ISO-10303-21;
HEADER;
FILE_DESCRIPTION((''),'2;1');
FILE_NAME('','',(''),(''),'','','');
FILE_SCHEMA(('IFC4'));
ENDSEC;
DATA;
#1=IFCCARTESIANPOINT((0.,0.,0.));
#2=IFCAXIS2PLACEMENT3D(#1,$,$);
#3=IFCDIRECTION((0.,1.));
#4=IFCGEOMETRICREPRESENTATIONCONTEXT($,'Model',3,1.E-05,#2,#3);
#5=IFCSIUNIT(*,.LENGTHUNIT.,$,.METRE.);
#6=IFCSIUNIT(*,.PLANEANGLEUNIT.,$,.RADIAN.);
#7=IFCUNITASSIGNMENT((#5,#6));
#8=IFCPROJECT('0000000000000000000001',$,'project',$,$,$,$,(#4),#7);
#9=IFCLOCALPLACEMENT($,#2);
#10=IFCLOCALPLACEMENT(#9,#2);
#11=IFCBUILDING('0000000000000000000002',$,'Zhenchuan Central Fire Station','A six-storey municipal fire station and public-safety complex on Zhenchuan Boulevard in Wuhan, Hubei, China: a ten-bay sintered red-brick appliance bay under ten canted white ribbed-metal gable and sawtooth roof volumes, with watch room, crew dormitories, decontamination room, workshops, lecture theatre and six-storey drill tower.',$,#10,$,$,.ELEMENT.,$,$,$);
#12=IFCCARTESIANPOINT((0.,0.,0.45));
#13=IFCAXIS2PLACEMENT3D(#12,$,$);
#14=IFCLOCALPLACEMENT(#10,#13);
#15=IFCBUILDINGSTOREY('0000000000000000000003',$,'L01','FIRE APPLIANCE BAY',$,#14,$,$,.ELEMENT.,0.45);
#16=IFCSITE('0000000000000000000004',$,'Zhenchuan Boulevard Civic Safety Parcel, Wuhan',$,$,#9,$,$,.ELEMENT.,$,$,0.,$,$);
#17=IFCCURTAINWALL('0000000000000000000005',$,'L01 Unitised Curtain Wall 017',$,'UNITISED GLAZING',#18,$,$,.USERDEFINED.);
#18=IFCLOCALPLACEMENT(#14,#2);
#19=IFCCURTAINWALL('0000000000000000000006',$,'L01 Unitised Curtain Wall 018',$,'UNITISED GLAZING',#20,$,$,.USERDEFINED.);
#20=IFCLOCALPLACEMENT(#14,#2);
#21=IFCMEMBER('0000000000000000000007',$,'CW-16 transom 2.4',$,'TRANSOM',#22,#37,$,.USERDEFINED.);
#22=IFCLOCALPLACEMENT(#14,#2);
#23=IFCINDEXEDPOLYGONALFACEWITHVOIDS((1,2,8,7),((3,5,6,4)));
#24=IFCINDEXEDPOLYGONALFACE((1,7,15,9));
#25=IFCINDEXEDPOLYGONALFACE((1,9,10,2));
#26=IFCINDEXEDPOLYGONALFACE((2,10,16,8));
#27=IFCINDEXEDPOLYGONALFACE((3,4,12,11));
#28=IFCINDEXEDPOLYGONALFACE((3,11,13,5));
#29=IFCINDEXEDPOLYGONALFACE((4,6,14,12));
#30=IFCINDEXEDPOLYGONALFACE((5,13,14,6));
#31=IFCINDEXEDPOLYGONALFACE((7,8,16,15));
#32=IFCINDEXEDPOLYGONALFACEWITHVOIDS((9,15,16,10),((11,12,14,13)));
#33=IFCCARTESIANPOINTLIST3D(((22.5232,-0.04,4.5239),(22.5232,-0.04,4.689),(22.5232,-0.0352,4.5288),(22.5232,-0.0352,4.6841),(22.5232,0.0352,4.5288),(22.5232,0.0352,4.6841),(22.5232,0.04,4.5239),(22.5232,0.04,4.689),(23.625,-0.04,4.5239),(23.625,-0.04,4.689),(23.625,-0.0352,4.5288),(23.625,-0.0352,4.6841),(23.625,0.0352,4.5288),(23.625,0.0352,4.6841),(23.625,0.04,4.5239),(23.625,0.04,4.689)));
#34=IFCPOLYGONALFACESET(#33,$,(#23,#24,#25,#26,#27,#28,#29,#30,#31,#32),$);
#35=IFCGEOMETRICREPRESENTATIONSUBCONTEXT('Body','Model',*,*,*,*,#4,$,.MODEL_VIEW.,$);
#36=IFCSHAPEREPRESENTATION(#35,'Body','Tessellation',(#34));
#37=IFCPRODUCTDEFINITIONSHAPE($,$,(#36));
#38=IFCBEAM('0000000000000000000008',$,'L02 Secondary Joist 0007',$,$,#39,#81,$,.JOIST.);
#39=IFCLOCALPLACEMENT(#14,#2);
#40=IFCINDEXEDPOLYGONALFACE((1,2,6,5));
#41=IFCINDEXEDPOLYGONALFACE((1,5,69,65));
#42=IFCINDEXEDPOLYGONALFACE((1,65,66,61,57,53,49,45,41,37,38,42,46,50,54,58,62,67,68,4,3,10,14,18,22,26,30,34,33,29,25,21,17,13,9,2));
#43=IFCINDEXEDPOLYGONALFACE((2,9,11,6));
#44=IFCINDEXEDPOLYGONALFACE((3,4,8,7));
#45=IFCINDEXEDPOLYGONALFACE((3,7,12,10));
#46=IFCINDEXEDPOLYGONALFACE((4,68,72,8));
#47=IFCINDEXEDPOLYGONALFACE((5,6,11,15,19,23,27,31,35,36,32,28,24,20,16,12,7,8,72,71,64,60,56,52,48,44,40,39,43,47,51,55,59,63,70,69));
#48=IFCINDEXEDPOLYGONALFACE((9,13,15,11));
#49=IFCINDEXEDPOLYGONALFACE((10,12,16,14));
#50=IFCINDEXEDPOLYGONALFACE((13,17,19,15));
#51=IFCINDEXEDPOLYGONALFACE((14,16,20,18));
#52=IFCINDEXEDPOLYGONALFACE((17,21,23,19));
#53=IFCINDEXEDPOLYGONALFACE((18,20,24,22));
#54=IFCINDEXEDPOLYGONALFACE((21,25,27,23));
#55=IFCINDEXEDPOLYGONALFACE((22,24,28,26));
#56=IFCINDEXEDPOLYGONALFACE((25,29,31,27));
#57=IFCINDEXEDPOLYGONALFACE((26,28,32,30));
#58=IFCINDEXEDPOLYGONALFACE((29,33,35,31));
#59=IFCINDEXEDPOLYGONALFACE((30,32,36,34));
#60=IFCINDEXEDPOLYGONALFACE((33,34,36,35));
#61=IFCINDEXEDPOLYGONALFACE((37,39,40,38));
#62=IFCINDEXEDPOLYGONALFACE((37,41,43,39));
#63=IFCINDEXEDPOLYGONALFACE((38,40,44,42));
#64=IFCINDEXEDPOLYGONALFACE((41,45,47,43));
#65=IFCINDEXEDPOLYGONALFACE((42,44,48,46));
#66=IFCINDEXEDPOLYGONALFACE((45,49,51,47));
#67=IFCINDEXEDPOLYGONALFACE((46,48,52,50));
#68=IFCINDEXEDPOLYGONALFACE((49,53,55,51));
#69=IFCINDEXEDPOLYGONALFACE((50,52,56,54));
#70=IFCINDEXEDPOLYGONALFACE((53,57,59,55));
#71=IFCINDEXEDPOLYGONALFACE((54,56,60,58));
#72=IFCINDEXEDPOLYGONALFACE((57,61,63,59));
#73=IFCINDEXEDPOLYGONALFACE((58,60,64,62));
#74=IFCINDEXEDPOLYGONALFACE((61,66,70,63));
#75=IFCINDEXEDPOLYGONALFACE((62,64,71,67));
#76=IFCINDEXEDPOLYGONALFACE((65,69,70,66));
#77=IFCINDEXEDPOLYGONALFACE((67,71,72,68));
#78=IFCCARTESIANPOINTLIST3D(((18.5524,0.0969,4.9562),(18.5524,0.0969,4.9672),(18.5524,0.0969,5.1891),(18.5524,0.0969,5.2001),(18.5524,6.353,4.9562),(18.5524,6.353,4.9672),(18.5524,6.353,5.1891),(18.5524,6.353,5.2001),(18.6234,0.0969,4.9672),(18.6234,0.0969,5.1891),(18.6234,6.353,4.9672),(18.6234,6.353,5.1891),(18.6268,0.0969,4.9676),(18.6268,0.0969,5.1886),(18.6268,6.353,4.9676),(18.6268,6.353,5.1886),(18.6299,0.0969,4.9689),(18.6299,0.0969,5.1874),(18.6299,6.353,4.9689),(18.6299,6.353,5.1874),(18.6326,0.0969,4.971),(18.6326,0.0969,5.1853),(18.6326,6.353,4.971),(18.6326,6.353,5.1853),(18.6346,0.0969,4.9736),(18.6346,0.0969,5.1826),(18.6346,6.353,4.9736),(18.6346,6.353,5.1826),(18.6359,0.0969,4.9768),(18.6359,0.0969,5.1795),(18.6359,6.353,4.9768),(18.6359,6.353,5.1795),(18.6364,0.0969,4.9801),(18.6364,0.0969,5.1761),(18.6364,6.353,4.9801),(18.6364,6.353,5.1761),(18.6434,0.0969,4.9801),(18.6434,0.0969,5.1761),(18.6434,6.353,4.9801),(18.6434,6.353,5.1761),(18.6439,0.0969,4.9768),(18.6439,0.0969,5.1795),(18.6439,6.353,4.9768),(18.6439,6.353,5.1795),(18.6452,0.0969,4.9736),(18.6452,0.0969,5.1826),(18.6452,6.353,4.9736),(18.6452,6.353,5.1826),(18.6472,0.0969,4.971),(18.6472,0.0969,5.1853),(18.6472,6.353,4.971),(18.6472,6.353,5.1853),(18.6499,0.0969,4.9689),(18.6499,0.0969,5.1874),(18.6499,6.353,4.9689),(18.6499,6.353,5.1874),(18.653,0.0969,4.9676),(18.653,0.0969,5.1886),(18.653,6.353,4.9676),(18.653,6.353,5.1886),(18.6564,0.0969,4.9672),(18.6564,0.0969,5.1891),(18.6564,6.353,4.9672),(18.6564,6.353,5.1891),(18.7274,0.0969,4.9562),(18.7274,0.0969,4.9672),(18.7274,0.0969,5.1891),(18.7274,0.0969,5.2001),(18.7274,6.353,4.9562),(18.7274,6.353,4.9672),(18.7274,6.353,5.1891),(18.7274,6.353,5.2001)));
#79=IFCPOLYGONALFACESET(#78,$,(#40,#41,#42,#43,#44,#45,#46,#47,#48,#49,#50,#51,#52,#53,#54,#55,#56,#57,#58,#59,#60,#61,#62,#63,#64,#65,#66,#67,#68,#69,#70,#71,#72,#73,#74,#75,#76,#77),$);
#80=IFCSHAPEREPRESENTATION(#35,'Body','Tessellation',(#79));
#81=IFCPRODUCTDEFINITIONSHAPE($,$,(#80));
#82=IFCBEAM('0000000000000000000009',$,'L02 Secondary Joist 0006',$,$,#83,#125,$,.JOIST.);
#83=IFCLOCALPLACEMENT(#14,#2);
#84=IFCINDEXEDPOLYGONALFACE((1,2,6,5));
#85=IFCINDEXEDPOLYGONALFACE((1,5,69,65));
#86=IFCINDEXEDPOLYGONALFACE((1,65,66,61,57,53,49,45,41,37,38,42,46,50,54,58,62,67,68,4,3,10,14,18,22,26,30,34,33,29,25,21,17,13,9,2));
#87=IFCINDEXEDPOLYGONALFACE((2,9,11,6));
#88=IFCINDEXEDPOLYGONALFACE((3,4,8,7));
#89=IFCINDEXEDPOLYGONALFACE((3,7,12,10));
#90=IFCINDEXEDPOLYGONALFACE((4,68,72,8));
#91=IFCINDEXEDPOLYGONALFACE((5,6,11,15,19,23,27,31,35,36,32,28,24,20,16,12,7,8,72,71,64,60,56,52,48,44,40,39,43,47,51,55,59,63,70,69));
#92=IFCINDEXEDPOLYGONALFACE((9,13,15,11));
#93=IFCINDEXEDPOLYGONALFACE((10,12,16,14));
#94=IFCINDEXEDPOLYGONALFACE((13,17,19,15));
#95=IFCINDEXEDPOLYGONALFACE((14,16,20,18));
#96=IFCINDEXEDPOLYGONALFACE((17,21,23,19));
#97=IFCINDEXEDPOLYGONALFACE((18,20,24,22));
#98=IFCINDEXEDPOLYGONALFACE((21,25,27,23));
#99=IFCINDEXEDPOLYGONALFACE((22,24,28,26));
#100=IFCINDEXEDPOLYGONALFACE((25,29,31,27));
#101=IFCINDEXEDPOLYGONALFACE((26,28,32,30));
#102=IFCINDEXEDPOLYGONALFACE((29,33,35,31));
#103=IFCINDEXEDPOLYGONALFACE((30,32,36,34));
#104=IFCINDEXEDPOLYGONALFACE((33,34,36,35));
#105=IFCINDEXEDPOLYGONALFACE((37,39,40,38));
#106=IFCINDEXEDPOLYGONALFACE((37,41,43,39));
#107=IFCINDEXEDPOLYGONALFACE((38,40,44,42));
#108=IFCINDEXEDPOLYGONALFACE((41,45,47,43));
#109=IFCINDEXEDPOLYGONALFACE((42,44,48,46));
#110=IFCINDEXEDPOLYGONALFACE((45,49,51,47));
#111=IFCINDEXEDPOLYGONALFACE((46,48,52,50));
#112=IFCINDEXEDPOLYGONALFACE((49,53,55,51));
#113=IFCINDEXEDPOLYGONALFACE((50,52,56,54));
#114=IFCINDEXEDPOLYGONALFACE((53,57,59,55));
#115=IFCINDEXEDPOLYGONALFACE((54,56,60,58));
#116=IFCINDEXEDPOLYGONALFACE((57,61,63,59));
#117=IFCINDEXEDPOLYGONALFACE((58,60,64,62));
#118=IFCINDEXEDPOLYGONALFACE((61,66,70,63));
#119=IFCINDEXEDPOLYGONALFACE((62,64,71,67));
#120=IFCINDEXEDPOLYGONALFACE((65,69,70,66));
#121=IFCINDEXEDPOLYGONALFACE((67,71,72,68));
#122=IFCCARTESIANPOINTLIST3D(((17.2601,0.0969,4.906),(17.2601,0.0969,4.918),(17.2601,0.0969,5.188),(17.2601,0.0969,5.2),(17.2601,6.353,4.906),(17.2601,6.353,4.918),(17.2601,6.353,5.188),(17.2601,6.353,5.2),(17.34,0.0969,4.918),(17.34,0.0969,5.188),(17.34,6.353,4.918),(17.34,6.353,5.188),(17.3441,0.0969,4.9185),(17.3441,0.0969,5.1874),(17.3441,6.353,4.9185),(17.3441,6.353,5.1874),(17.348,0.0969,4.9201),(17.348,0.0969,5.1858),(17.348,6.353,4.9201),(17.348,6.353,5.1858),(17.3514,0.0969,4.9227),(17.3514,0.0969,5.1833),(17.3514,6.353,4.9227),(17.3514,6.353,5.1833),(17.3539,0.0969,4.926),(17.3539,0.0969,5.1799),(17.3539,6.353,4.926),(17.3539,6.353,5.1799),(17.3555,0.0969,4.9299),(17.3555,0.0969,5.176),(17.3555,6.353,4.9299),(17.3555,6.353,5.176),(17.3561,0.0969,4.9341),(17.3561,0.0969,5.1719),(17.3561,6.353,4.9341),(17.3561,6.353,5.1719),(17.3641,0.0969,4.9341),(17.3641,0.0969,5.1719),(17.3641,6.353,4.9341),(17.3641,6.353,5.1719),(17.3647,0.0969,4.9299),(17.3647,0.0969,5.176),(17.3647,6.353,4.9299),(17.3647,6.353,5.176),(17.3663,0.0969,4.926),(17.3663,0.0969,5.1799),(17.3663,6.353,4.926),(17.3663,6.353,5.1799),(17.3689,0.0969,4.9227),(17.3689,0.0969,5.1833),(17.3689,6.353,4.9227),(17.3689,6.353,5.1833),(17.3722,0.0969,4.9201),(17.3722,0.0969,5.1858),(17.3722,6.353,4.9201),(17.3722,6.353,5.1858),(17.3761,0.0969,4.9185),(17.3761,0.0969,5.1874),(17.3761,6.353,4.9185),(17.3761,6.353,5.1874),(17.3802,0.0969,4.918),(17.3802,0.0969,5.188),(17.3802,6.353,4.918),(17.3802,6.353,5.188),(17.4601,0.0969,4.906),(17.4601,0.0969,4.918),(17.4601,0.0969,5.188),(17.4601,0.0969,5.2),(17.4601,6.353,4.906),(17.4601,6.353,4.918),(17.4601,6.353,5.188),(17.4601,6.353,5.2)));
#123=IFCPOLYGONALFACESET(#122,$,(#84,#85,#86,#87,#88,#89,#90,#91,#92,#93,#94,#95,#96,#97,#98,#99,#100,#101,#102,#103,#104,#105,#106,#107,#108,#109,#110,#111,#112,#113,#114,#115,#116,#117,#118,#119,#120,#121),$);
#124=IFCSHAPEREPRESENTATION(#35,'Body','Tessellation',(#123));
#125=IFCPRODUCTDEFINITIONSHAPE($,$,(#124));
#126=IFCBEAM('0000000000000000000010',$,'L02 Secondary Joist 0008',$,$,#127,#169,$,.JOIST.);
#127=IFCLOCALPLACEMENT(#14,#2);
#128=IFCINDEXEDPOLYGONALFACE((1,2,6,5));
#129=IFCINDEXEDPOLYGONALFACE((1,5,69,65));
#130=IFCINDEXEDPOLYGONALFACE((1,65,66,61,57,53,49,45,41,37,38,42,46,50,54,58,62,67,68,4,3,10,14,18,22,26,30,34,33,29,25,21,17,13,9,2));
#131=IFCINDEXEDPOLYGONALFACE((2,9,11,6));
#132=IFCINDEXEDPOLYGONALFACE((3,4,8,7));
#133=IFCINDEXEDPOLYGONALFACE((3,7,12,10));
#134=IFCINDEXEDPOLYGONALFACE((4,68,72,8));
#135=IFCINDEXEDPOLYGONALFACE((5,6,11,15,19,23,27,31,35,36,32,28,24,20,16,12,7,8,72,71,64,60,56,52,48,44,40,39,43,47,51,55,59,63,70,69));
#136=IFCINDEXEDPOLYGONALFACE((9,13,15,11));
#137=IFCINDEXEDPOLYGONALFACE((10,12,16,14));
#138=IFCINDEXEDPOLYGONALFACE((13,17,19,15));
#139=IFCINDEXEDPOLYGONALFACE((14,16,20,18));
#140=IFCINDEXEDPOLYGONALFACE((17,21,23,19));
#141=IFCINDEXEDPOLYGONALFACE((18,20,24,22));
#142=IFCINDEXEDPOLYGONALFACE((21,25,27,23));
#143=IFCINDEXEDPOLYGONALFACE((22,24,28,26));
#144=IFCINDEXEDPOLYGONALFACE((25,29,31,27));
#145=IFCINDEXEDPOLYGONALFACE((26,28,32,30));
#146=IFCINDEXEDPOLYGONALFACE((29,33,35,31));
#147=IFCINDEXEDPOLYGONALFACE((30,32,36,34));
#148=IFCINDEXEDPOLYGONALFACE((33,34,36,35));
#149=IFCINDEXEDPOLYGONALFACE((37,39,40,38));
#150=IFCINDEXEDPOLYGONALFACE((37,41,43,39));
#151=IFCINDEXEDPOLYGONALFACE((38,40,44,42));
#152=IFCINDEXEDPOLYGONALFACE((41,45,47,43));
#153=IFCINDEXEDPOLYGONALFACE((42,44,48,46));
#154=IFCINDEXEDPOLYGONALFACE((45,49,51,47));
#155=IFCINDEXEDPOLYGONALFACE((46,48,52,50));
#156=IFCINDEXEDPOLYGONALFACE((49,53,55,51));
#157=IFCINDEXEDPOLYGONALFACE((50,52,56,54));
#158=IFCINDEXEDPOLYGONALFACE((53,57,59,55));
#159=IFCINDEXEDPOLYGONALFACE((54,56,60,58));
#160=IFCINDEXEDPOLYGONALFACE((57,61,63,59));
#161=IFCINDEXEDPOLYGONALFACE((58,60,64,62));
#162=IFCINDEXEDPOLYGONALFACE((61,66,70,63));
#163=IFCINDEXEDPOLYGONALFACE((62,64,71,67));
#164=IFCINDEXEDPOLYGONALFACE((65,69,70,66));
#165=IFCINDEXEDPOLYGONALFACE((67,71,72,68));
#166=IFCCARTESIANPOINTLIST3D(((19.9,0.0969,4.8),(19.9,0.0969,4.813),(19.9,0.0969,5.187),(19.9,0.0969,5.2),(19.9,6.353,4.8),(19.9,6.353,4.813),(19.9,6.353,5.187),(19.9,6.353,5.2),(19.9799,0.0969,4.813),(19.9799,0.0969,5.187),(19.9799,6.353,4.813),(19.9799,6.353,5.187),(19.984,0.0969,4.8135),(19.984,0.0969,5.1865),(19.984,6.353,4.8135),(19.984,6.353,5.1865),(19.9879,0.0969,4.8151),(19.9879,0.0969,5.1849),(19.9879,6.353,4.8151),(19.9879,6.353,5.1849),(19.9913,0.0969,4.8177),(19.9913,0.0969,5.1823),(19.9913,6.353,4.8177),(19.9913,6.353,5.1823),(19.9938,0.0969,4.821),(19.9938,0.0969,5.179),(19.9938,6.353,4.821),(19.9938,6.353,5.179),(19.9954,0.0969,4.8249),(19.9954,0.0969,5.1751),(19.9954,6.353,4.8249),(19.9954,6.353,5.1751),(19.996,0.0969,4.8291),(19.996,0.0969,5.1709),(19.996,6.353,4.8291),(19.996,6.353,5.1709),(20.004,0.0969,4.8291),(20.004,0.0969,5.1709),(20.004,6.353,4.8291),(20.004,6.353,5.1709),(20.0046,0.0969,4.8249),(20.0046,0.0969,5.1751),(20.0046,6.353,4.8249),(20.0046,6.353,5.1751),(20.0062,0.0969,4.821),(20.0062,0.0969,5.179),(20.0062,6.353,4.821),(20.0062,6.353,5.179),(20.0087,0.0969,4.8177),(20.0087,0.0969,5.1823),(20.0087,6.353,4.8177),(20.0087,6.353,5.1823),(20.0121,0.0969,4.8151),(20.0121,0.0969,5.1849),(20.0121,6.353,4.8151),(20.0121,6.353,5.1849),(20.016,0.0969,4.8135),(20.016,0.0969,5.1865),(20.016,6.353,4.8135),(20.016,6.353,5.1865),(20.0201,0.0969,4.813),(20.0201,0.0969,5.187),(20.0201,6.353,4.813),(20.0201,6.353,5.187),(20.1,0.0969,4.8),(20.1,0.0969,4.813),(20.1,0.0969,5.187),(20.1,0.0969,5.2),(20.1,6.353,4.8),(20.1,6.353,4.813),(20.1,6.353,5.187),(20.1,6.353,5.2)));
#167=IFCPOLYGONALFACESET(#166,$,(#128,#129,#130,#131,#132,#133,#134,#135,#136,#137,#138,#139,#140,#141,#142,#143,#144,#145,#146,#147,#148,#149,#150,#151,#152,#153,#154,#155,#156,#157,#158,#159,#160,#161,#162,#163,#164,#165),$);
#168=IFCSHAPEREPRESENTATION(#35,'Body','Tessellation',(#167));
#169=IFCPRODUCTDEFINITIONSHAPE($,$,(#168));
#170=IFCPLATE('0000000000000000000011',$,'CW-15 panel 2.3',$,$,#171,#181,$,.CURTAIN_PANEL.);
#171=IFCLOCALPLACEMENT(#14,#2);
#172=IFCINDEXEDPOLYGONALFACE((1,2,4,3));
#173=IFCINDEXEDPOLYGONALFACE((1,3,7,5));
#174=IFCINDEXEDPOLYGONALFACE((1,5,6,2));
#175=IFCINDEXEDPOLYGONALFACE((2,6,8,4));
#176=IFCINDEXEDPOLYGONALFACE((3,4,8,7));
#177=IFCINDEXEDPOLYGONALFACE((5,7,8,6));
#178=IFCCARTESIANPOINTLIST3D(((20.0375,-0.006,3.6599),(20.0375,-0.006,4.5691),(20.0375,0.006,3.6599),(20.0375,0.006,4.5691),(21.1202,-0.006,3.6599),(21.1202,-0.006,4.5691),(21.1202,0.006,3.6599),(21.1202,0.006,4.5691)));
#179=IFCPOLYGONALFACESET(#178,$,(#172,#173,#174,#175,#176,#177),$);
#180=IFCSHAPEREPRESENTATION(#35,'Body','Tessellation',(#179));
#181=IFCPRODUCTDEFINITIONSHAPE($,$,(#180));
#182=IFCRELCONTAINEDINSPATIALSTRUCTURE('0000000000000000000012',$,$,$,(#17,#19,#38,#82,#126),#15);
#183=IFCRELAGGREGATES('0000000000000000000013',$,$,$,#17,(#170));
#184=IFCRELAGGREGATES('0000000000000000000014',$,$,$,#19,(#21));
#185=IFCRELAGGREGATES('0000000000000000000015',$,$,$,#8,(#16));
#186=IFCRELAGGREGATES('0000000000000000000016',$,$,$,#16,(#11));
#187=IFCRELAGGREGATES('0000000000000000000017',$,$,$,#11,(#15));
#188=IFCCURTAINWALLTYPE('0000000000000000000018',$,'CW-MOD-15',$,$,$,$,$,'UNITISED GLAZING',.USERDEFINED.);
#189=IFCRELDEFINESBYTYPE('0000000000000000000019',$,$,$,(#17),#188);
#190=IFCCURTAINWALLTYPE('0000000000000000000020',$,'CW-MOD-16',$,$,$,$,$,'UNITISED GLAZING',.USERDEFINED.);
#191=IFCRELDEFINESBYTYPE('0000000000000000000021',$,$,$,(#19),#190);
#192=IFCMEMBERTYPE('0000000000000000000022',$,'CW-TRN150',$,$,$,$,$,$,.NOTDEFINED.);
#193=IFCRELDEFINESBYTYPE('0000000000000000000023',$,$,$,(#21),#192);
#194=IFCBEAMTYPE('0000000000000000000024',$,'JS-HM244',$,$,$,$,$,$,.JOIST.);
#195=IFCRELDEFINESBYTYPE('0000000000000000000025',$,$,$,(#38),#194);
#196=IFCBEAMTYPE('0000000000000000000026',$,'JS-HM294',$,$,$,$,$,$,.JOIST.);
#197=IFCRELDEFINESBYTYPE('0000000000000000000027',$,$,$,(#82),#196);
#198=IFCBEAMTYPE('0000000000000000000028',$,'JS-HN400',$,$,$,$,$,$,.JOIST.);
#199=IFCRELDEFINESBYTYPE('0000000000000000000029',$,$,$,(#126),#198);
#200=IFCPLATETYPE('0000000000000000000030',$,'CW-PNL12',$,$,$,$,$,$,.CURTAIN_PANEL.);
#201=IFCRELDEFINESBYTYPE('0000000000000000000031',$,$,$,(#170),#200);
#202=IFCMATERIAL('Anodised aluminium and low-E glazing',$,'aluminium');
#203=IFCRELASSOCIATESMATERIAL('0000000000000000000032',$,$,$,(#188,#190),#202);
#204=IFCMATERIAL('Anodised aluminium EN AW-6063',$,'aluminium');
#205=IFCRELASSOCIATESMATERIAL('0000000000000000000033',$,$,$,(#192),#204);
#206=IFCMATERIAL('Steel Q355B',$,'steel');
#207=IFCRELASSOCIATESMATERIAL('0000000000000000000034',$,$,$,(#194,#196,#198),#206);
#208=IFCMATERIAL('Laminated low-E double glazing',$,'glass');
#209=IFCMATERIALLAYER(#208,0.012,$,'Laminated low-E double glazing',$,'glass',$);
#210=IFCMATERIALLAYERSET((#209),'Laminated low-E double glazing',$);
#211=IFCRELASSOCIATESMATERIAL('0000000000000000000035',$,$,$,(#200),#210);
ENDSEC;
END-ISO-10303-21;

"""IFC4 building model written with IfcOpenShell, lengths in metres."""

from ifc_helpers import new_model, si_unit, direction, frame, origin, origin_2d, place, context, subcontext, project, spatial, rectangle, hollow_rectangle, i_section, extrude, material, layer, layer_set, material_profile, profile_set, type_object, element, aggregate, save


model = new_model("IFC4")

# Units and contexts
model_context = context("Model", 3, precision=1e-05, world=origin(), true_north=direction((0.0, 1.0)))
body_context = subcontext(model_context, "Body", "Model", "MODEL_VIEW")
ifc_project = project(units=[si_unit("LENGTHUNIT", "METRE"), si_unit("PLANEANGLEUNIT", "RADIAN")], contexts=[model_context])

# Site, building, storey
site_placement = place(None, origin())
site = spatial("IfcSite", under=ifc_project, at=site_placement, Name="Zhenchuan Boulevard Civic Safety Parcel, Wuhan", CompositionType="ELEMENT", RefElevation=0.0)
building_placement = place(site_placement, origin())
building = spatial("IfcBuilding", under=site, at=building_placement, Name="Zhenchuan Central Fire Station", Description="A six-storey municipal fire station and public-safety complex on Zhenchuan Boulevard in Wuhan, Hubei, China: a ten-bay sintered red-brick appliance bay under ten canted white ribbed-metal gable and sawtooth roof volumes, with watch room, crew dormitories, decontamination room, workshops, lecture theatre and six-storey drill tower.", CompositionType="ELEMENT")
storey_placement = place(building_placement, frame((0.0, 0.0, 0.45)))
storey = spatial("IfcBuildingStorey", under=building, at=storey_placement, Name="L01", Description="FIRE APPLIANCE BAY", CompositionType="ELEMENT", Elevation=0.45)

# Curtain wall
ifc_material_1 = material(Name="Anodised aluminium and low-E glazing", Category="aluminium")
curtain_wall_type_1 = type_object("IfcCurtainWallType", Name="CW-MOD-15", ElementType="UNITISED GLAZING", PredefinedType="USERDEFINED", material=ifc_material_1)
curtain_wall_1_placement = place(storey_placement, origin())
curtain_wall_1 = element("IfcCurtainWall", 1, at=curtain_wall_1_placement, inside=storey, type_object=curtain_wall_type_1, Name="L01 Unitised Curtain Wall 017", ObjectType="UNITISED GLAZING", PredefinedType="USERDEFINED")
ifc_material_2 = material(Name="Anodised aluminium EN AW-6063", Category="aluminium")

# Curtain wall, member
curtain_wall_type_2 = type_object("IfcCurtainWallType", Name="CW-MOD-16", ElementType="UNITISED GLAZING", PredefinedType="USERDEFINED", material=ifc_material_1)
curtain_wall_2_placement = place(storey_placement, origin())
curtain_wall_2 = element("IfcCurtainWall", 2, at=curtain_wall_2_placement, inside=storey, type_object=curtain_wall_type_2, Name="L01 Unitised Curtain Wall 018", ObjectType="UNITISED GLAZING", PredefinedType="USERDEFINED")
ifc_material_profile_1 = material_profile(ifc_material_2, hollow_rectangle(XDim=0.0801, YDim=0.165, WallThickness=0.0049, at=origin_2d()), Name="ALU-T 165x80")
ifc_profile_set_1 = profile_set([ifc_material_profile_1], Name="Anodised aluminium EN AW-6063")
member_type_1 = type_object("IfcMemberType", Name="CW-TRN150", PredefinedType="NOTDEFINED", material=ifc_profile_set_1)
member_1_placement = place(storey_placement, frame((22.5232, 0.0, 4.6064), z_axis=(1.0, 0.0, 0.0), x_axis=(0.0, 1.0, 0.0)))
member_1 = element("IfcMember", 3, at=member_1_placement, type_object=member_type_1, Name="CW-16 transom 2.4", ObjectType="TRANSOM", PredefinedType="USERDEFINED", context=body_context, shape_type="SweptSolid", body=[
    extrude(hollow_rectangle(XDim=0.0801, YDim=0.165, WallThickness=0.0049, at=origin_2d()), origin(), (0.0, 0.0, 1.0), 1.1018),
])

# Beams
ifc_material_3 = material(Name="Steel Q355B", Category="steel")
ifc_material_profile_2 = material_profile(ifc_material_3, i_section(OverallWidth=0.175, OverallDepth=0.2439, WebThickness=0.0071, FlangeThickness=0.011, FilletRadius=0.0129, at=origin_2d()), Name="HM 244x175")
ifc_profile_set_2 = profile_set([ifc_material_profile_2], Name="Steel Q355B")
beam_type_1 = type_object("IfcBeamType", Name="JS-HM244", PredefinedType="JOIST", material=ifc_profile_set_2)
beam_1_placement = place(storey_placement, frame((18.6399, 0.0969, 5.0781), z_axis=(0.0, 1.0, 0.0), x_axis=(-1.0, 0.0, 0.0)))
element("IfcBeam", 4, at=beam_1_placement, inside=storey, type_object=beam_type_1, Name="L02 Secondary Joist 0007", PredefinedType="JOIST", context=body_context, shape_type="SweptSolid", body=[
    extrude(i_section(OverallWidth=0.175, OverallDepth=0.2439, WebThickness=0.0071, FlangeThickness=0.011, FilletRadius=0.0129, at=origin_2d()), origin(), (0.0, 0.0, 1.0), 6.2561),
])
ifc_material_profile_3 = material_profile(ifc_material_3, i_section(OverallWidth=0.2, OverallDepth=0.2939, WebThickness=0.0081, FlangeThickness=0.012, FilletRadius=0.0161, at=origin_2d()), Name="HM 294x200")
ifc_profile_set_3 = profile_set([ifc_material_profile_3], Name="Steel Q355B")
beam_type_2 = type_object("IfcBeamType", Name="JS-HM294", PredefinedType="JOIST", material=ifc_profile_set_3)
beam_2_placement = place(storey_placement, frame((17.3601, 0.0969, 5.053), z_axis=(0.0, 1.0, 0.0), x_axis=(-1.0, 0.0, 0.0)))
element("IfcBeam", 5, at=beam_2_placement, inside=storey, type_object=beam_type_2, Name="L02 Secondary Joist 0006", PredefinedType="JOIST", context=body_context, shape_type="SweptSolid", body=[
    extrude(i_section(OverallWidth=0.2, OverallDepth=0.2939, WebThickness=0.0081, FlangeThickness=0.012, FilletRadius=0.0161, at=origin_2d()), origin(), (0.0, 0.0, 1.0), 6.2561),
])
ifc_material_profile_4 = material_profile(ifc_material_3, i_section(OverallWidth=0.2, OverallDepth=0.3999, WebThickness=0.0081, FlangeThickness=0.0129, FilletRadius=0.0161, at=origin_2d()), Name="HN 400x200")
ifc_profile_set_4 = profile_set([ifc_material_profile_4], Name="Steel Q355B")
beam_type_3 = type_object("IfcBeamType", Name="JS-HN400", PredefinedType="JOIST", material=ifc_profile_set_4)
beam_3_placement = place(storey_placement, frame((20.0, 0.0969, 5.0), z_axis=(0.0, 1.0, 0.0), x_axis=(-1.0, 0.0, 0.0)))
element("IfcBeam", 6, at=beam_3_placement, inside=storey, type_object=beam_type_3, Name="L02 Secondary Joist 0008", PredefinedType="JOIST", context=body_context, shape_type="SweptSolid", body=[
    extrude(i_section(OverallWidth=0.2, OverallDepth=0.3999, WebThickness=0.0081, FlangeThickness=0.0129, FilletRadius=0.0161, at=origin_2d()), origin(), (0.0, 0.0, 1.0), 6.2561),
])

# Plate
ifc_material_4 = material(Name="Laminated low-E double glazing", Category="glass")
ifc_layer = layer(ifc_material_4, 0.012, Name="Laminated low-E double glazing", Category="glass")
ifc_layer_set = layer_set([ifc_layer], Name="Laminated low-E double glazing")
plate_type = type_object("IfcPlateType", Name="CW-PNL12", PredefinedType="CURTAIN_PANEL", material=ifc_layer_set)
plate_1_placement = place(storey_placement, frame((20.5789, 0.0, 3.6599), z_axis=(0.0, 0.0, 1.0), x_axis=(1.0, 0.0, 0.0)))
plate_1 = element("IfcPlate", 7, at=plate_1_placement, type_object=plate_type, Name="CW-15 panel 2.3", PredefinedType="CURTAIN_PANEL", context=body_context, shape_type="SweptSolid", body=[
    extrude(rectangle(XDim=1.0828, YDim=0.012, at=origin_2d()), origin(), (0.0, 0.0, 1.0), 0.9092),
])
aggregate(curtain_wall_1, [plate_1])
aggregate(curtain_wall_2, [member_1])

save(model, "model.ifc")
